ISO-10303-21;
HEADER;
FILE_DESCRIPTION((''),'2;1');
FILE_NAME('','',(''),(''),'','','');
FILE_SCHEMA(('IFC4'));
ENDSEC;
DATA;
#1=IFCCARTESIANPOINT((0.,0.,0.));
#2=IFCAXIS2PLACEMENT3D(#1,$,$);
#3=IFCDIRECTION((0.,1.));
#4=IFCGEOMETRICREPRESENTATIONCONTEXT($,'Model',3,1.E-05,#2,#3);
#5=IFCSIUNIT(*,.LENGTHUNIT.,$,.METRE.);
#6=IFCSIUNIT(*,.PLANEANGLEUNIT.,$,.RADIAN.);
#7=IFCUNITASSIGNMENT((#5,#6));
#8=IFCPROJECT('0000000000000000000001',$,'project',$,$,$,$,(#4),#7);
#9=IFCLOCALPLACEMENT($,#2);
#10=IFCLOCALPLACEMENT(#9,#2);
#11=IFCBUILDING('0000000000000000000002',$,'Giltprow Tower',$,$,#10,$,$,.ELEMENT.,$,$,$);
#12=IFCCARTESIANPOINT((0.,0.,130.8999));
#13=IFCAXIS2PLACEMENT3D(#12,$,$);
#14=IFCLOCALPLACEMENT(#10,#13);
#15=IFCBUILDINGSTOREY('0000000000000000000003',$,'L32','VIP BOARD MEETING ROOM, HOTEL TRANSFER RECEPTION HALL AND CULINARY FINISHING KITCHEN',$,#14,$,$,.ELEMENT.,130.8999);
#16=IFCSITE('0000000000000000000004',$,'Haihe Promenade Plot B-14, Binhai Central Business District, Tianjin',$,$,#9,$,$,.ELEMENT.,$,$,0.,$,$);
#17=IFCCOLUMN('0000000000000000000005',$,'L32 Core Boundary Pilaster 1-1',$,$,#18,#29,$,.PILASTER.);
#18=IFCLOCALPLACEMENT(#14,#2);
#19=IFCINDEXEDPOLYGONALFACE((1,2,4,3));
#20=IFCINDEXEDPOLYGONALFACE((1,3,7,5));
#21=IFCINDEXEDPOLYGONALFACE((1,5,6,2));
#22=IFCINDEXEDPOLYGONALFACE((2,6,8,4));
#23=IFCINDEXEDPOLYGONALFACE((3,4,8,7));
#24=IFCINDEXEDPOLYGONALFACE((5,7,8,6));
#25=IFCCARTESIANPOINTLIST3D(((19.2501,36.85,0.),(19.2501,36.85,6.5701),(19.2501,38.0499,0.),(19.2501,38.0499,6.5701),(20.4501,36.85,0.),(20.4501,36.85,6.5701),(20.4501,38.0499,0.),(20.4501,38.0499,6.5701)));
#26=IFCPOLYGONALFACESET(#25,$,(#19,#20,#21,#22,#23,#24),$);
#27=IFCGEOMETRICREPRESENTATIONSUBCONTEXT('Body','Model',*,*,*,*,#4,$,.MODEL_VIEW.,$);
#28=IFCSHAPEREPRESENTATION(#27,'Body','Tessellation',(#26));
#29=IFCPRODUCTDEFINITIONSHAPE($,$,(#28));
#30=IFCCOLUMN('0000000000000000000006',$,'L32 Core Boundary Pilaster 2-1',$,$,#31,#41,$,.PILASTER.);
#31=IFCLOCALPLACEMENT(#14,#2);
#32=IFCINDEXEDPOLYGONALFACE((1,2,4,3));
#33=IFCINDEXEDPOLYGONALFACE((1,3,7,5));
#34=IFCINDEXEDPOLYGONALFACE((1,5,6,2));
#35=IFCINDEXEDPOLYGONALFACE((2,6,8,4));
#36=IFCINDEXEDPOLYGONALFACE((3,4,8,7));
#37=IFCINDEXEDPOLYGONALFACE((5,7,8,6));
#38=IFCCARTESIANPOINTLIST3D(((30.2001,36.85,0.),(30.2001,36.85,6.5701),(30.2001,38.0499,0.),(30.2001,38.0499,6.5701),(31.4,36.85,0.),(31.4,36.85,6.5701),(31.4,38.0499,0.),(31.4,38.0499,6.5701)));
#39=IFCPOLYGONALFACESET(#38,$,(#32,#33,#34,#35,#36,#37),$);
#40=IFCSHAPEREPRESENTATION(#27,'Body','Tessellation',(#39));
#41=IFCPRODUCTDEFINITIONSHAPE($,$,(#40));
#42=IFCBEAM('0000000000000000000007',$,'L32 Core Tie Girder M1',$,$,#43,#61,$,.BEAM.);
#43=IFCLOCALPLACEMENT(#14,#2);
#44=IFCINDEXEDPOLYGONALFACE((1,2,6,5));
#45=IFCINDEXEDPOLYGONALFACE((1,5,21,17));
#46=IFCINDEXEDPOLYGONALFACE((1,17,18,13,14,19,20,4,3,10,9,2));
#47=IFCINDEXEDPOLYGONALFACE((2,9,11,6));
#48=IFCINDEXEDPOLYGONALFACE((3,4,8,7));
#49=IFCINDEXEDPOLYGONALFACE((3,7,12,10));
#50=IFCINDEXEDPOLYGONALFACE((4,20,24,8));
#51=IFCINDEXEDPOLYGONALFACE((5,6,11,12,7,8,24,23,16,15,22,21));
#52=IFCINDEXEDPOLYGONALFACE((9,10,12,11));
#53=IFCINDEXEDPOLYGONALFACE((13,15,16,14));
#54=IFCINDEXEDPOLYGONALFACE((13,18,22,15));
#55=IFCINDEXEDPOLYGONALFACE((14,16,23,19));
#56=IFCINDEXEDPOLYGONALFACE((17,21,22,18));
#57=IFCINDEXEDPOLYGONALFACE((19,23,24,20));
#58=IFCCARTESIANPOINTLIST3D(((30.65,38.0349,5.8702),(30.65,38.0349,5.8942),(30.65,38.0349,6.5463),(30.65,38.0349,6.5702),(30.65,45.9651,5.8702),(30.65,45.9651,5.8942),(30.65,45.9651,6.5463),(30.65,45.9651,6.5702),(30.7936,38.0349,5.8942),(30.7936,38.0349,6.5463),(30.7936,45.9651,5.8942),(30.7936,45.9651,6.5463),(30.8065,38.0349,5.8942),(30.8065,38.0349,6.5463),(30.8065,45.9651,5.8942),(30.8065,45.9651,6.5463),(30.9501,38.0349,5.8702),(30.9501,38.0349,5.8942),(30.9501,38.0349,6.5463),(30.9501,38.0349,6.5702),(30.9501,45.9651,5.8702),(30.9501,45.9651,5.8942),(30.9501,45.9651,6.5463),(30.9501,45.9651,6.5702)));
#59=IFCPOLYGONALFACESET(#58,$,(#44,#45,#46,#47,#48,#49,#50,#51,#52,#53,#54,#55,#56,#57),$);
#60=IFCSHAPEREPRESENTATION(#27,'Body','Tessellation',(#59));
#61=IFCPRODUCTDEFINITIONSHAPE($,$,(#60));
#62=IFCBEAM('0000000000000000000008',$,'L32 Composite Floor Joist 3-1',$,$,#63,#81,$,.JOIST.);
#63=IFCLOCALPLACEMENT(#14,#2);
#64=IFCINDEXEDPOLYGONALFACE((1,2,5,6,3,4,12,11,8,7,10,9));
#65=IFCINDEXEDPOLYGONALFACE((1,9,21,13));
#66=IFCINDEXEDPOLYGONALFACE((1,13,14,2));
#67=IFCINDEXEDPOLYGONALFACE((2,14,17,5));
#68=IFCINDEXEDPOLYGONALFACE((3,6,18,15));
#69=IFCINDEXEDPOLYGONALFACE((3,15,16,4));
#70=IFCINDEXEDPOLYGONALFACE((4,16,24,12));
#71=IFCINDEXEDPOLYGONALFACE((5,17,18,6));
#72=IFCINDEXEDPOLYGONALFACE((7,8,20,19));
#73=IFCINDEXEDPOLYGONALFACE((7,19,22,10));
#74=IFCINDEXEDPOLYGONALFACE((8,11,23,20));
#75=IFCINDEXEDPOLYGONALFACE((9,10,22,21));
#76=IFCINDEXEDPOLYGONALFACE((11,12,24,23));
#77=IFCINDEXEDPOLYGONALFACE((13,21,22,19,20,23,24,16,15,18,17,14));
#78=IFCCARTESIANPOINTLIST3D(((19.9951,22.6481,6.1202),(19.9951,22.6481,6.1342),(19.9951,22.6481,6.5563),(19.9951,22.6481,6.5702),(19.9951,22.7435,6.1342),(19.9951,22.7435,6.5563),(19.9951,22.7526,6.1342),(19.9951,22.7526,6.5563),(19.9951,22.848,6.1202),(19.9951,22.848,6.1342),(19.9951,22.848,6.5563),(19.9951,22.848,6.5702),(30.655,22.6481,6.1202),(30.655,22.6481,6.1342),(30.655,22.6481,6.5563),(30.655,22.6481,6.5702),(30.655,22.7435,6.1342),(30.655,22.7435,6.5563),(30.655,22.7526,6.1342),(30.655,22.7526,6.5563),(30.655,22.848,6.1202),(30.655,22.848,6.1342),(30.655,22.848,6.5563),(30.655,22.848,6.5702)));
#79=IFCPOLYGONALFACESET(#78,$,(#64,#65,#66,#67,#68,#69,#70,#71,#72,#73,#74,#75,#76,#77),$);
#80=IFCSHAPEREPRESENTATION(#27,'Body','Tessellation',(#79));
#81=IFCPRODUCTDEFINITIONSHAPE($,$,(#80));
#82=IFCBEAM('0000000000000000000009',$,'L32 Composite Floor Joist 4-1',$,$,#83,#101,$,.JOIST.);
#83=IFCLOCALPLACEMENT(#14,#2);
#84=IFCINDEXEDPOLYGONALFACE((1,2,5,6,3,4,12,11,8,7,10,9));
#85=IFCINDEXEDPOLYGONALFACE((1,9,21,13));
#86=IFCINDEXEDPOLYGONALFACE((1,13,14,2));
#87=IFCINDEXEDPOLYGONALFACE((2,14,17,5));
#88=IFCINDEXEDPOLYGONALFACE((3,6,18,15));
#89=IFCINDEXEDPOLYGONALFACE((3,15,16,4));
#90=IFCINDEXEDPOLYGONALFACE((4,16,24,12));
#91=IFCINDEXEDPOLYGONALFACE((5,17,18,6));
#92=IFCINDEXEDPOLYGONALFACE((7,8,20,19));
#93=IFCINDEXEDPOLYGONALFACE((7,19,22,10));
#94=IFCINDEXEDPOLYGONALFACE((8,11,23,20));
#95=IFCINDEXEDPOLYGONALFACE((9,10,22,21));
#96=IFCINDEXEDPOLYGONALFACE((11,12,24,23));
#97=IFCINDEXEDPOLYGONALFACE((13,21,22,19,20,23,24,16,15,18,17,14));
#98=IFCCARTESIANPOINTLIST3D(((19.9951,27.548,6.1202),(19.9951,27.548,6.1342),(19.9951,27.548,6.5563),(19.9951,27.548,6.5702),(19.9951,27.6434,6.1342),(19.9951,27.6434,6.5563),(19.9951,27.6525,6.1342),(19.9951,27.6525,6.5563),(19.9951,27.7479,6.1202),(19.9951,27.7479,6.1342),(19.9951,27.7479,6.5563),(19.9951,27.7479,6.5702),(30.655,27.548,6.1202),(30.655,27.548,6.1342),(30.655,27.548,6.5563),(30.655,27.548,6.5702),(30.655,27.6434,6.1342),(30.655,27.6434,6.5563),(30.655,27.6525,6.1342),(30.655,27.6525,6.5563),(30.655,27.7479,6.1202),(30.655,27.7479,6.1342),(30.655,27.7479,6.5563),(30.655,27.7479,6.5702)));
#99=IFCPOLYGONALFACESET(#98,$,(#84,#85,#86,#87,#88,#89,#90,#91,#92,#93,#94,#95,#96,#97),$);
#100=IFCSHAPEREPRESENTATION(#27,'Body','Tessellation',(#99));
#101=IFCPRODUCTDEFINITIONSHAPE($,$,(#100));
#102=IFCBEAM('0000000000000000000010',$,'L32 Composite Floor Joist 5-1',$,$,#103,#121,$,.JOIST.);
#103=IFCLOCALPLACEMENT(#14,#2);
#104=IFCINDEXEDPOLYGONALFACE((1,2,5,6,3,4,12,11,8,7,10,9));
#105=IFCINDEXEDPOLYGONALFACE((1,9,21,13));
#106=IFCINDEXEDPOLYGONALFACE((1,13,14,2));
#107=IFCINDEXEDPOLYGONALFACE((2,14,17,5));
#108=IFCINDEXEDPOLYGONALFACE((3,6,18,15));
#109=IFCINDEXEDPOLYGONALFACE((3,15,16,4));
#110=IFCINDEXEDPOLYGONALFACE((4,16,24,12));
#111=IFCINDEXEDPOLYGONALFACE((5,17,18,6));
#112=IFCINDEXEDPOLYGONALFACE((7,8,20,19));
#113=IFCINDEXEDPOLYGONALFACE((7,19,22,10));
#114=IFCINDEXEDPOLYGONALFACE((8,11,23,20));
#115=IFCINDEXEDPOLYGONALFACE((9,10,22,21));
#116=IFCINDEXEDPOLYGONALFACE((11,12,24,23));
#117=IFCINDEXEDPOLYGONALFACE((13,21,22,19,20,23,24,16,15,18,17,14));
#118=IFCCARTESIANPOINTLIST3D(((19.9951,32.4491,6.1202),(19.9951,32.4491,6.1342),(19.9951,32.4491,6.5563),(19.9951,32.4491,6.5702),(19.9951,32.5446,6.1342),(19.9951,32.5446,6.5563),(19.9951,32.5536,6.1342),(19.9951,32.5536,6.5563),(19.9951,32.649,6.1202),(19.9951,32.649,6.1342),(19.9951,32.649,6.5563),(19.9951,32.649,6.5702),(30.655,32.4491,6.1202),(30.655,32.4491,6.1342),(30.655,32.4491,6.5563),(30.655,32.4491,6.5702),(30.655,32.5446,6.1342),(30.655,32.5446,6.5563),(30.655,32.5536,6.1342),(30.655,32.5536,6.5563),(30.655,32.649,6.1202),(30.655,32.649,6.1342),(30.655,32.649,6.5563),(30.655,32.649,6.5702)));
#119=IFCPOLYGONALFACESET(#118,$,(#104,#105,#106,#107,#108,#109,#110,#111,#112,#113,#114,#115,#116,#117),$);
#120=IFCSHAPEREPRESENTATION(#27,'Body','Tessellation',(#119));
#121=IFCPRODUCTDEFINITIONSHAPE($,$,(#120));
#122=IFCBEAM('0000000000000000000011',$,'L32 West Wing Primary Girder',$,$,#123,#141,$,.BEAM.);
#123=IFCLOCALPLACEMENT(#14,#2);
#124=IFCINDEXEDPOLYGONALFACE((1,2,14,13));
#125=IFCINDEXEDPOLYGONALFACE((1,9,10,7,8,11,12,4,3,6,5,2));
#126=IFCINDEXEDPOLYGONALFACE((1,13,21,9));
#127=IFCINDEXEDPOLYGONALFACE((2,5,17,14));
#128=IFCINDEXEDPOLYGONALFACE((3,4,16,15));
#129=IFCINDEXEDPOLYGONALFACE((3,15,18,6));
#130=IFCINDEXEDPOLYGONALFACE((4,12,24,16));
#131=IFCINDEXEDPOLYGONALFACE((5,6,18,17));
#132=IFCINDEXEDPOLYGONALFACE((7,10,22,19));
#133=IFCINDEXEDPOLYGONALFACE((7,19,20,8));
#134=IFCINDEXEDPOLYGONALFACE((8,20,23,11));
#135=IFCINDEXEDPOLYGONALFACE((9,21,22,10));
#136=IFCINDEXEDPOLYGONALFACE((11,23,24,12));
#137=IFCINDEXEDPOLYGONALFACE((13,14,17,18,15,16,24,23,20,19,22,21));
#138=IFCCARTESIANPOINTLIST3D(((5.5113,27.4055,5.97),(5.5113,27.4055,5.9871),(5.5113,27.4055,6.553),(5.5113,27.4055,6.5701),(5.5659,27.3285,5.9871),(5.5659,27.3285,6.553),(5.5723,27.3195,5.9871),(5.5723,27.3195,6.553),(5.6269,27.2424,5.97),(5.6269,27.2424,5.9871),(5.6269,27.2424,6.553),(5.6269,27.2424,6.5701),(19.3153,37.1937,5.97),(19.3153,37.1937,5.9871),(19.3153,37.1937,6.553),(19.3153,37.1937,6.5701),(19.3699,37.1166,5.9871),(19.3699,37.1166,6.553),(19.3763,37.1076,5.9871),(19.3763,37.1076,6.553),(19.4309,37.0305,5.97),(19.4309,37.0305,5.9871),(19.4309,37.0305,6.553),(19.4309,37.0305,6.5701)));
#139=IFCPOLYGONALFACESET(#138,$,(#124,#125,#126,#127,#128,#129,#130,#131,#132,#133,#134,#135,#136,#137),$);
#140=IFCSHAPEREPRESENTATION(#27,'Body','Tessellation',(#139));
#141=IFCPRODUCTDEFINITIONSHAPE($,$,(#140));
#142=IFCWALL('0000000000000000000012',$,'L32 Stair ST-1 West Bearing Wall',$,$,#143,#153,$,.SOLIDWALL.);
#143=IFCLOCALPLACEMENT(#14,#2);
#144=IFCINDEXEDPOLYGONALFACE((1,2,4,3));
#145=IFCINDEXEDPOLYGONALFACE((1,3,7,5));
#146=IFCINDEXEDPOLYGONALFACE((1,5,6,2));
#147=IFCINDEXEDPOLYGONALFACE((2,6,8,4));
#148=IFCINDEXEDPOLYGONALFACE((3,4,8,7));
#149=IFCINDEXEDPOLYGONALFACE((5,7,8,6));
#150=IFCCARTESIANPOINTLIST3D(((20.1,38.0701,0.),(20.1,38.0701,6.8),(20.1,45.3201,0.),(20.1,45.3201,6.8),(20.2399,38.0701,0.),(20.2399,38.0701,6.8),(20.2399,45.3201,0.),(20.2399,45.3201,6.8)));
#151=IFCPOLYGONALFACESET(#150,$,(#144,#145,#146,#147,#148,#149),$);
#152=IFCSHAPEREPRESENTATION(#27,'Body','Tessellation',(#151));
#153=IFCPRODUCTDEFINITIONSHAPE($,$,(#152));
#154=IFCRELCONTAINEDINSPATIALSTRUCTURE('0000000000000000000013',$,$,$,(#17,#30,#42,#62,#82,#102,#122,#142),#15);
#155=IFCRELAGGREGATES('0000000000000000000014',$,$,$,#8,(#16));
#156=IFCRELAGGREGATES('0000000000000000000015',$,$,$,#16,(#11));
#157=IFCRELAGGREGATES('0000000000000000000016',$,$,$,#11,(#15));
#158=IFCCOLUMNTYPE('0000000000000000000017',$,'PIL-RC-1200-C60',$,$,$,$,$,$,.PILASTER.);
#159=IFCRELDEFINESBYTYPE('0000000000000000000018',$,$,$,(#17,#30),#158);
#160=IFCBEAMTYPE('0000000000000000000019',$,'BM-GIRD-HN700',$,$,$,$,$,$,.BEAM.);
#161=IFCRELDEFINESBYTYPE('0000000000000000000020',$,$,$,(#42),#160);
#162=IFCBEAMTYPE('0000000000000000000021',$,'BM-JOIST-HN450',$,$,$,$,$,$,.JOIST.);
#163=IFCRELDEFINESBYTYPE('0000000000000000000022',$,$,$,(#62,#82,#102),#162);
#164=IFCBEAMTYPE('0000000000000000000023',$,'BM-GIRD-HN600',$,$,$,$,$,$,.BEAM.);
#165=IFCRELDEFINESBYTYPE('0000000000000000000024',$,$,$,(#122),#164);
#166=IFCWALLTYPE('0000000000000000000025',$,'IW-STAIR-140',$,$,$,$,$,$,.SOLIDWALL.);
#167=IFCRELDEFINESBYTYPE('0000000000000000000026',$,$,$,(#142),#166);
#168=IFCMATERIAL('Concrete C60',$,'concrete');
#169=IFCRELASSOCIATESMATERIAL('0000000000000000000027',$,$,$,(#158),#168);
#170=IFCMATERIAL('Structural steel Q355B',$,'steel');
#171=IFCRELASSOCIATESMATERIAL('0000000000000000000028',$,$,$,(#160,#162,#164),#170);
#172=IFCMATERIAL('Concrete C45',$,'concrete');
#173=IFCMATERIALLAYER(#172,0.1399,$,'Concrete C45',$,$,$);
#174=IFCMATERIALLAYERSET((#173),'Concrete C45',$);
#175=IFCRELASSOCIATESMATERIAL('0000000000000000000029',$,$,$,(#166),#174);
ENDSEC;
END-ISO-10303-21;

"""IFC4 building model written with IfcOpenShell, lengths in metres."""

from ifc_helpers import new_model, si_unit, direction, frame, frame_2d, origin, origin_2d, place, context, subcontext, project, spatial, rectangle, i_section, extrude, source, transform, mapped, material, layer, layer_set, material_profile, profile_set, type_object, element, save


model = new_model("IFC4")

# Units and contexts
model_context = context("Model", 3, precision=1e-05, world=origin(), true_north=direction((0.0, 1.0)))
body_context = subcontext(model_context, "Body", "Model", "MODEL_VIEW")
ifc_project = project(units=[si_unit("LENGTHUNIT", "METRE"), si_unit("PLANEANGLEUNIT", "RADIAN")], contexts=[model_context])

# Site, building, storey
site_placement = place(None, origin())
site = spatial("IfcSite", under=ifc_project, at=site_placement, Name="Haihe Promenade Plot B-14, Binhai Central Business District, Tianjin", CompositionType="ELEMENT", RefElevation=0.0)
building_placement = place(site_placement, origin())
building = spatial("IfcBuilding", under=site, at=building_placement, Name="Giltprow Tower", CompositionType="ELEMENT")
storey_placement = place(building_placement, frame((0.0, 0.0, 130.8999)))
storey = spatial("IfcBuildingStorey", under=building, at=storey_placement, Name="L32", Description="VIP BOARD MEETING ROOM, HOTEL TRANSFER RECEPTION HALL AND CULINARY FINISHING KITCHEN", CompositionType="ELEMENT", Elevation=130.8999)

# Columns
ifc_material_1 = material(Name="Concrete C60", Category="concrete")
ifc_material_profile_1 = material_profile(ifc_material_1, rectangle(XDim=1.2, YDim=1.2, at=origin_2d()), Name="RC 1200x1200")
ifc_profile_set_1 = profile_set([ifc_material_profile_1], Name="Concrete C60")
column_type = type_object("IfcColumnType", Name="PIL-RC-1200-C60", PredefinedType="PILASTER", material=ifc_profile_set_1)
shared_shape_1 = source(origin(), body_context, "Body", "SweptSolid", [
    extrude(rectangle(XDim=1.2, YDim=1.2, at=origin_2d()), origin(), (0.0, 0.0, 1.0), 6.5701),
])
for number, where, z_axis, x_axis, name in (
    (1, (19.8501, 37.45, 0.0), (0.0, 0.0, 1.0), (1.0, 0.0, 0.0), "L32 Core Boundary Pilaster 1-1"),
    (2, (30.8, 37.45, 0.0), (0.0, 0.0, 1.0), (1.0, 0.0, 0.0), "L32 Core Boundary Pilaster 2-1"),
):
    element("IfcColumn", number, at=place(storey_placement, frame(where, z_axis=z_axis, x_axis=x_axis)), inside=storey, type_object=column_type, Name=name, PredefinedType="PILASTER", context=body_context, shape_type="MappedRepresentation", body=[
        mapped(shared_shape_1, transform((0.0, 0.0, 0.0), x_axis=(1.0, 0.0, 0.0), y_axis=(0.0, 1.0, 0.0), z_axis=(0.0, 0.0, 1.0), scale=1.0)),
    ])

# Beams
ifc_material_2 = material(Name="Structural steel Q355B", Category="steel")
ifc_material_profile_2 = material_profile(ifc_material_2, i_section(OverallWidth=0.3, OverallDepth=0.7, WebThickness=0.0129, FlangeThickness=0.0239, at=origin_2d()), Name="HN 700x300x13x24")
ifc_profile_set_2 = profile_set([ifc_material_profile_2], Name="Structural steel Q355B")
beam_type_1 = type_object("IfcBeamType", Name="BM-GIRD-HN700", PredefinedType="BEAM", material=ifc_profile_set_2)
shared_shape_2 = source(origin(), body_context, "Body", "SweptSolid", [
    extrude(i_section(OverallWidth=0.3, OverallDepth=0.7, WebThickness=0.0129, FlangeThickness=0.0239, at=origin_2d()), origin(), (0.0, 0.0, 1.0), 7.9302),
])
beam_1_placement = place(storey_placement, frame((30.8, 38.0349, 6.2202), z_axis=(0.0, 1.0, 0.0), x_axis=(-1.0, 0.0, 0.0)))
element("IfcBeam", 3, at=beam_1_placement, inside=storey, type_object=beam_type_1, Name="L32 Core Tie Girder M1", PredefinedType="BEAM", context=body_context, shape_type="MappedRepresentation", body=[
    mapped(shared_shape_2, transform((0.0, 0.0, 0.0), x_axis=(1.0, 0.0, 0.0), y_axis=(0.0, 1.0, 0.0), z_axis=(0.0, 0.0, 1.0), scale=1.0)),
])
ifc_material_profile_3 = material_profile(ifc_material_2, i_section(OverallWidth=0.2, OverallDepth=0.45, WebThickness=0.009, FlangeThickness=0.0139, at=origin_2d()), Name="HN 450x200x9x14")
ifc_profile_set_3 = profile_set([ifc_material_profile_3], Name="Structural steel Q355B")
beam_type_2 = type_object("IfcBeamType", Name="BM-JOIST-HN450", PredefinedType="JOIST", material=ifc_profile_set_3)
shared_shape_3 = source(origin(), body_context, "Body", "SweptSolid", [
    extrude(i_section(OverallWidth=0.2, OverallDepth=0.45, WebThickness=0.009, FlangeThickness=0.0139, at=origin_2d()), origin(), (0.0, 0.0, 1.0), 10.6599),
])
for number, where, z_axis, x_axis, name in (
    (4, (19.9951, 22.748, 6.3452), (1.0, 0.0, 0.0), (0.0, 1.0, 0.0), "L32 Composite Floor Joist 3-1"),
    (5, (19.9951, 27.6479, 6.3452), (1.0, 0.0, 0.0), (0.0, 1.0, 0.0), "L32 Composite Floor Joist 4-1"),
    (6, (19.9951, 32.5491, 6.3452), (1.0, 0.0, 0.0), (0.0, 1.0, 0.0), "L32 Composite Floor Joist 5-1"),
):
    element("IfcBeam", number, at=place(storey_placement, frame(where, z_axis=z_axis, x_axis=x_axis)), inside=storey, type_object=beam_type_2, Name=name, PredefinedType="JOIST", context=body_context, shape_type="MappedRepresentation", body=[
        mapped(shared_shape_3, transform((0.0, 0.0, 0.0), x_axis=(1.0, 0.0, 0.0), y_axis=(0.0, 1.0, 0.0), z_axis=(0.0, 0.0, 1.0), scale=1.0)),
    ])
ifc_material_profile_4 = material_profile(ifc_material_2, i_section(OverallWidth=0.2, OverallDepth=0.6001, WebThickness=0.011, FlangeThickness=0.0171, at=origin_2d()), Name="HN 600x200x11x17")
ifc_profile_set_4 = profile_set([ifc_material_profile_4], Name="Structural steel Q355B")
beam_type_3 = type_object("IfcBeamType", Name="BM-GIRD-HN600", PredefinedType="BEAM", material=ifc_profile_set_4)
shared_shape_4 = source(origin(), body_context, "Body", "SweptSolid", [
    extrude(i_section(OverallWidth=0.2, OverallDepth=0.6001, WebThickness=0.011, FlangeThickness=0.0171, at=origin_2d()), origin(), (0.0, 0.0, 1.0), 16.9221),
])
beam_2_placement = place(storey_placement, frame((5.5691, 27.324, 6.27), z_axis=(0.815738, 0.578422, 0.0), x_axis=(-0.578422, 0.815738, 0.0)))
element("IfcBeam", 7, at=beam_2_placement, inside=storey, type_object=beam_type_3, Name="L32 West Wing Primary Girder", PredefinedType="BEAM", context=body_context, shape_type="MappedRepresentation", body=[
    mapped(shared_shape_4, transform((0.0, 0.0, 0.0), x_axis=(1.0, 0.0, 0.0), y_axis=(0.0, 1.0, 0.0), z_axis=(0.0, 0.0, 1.0), scale=1.0)),
])

# Wall
ifc_material_3 = material(Name="Concrete C45", Category="concrete")
ifc_layer_1 = layer(ifc_material_3, 0.1399, Name="Concrete C45")
ifc_layer_set_1 = layer_set([ifc_layer_1], Name="Concrete C45")
wall_type_1 = type_object("IfcWallType", Name="IW-STAIR-140", PredefinedType="SOLIDWALL", material=ifc_layer_set_1)
wall_1_placement = place(storey_placement, frame((20.1699, 38.0701, 0.0), z_axis=(0.0, 0.0, 1.0), x_axis=(0.0, 1.0, 0.0)))
element("IfcWall", 8, at=wall_1_placement, inside=storey, type_object=wall_type_1, Name="L32 Stair ST-1 West Bearing Wall", PredefinedType="SOLIDWALL", context=body_context, shape_type="SweptSolid", body=[
    extrude(rectangle(XDim=7.25, YDim=0.1399, at=frame_2d((3.625, 0.0))), origin(), (0.0, 0.0, 1.0), 6.8),
])

save(model, "model.ifc")
